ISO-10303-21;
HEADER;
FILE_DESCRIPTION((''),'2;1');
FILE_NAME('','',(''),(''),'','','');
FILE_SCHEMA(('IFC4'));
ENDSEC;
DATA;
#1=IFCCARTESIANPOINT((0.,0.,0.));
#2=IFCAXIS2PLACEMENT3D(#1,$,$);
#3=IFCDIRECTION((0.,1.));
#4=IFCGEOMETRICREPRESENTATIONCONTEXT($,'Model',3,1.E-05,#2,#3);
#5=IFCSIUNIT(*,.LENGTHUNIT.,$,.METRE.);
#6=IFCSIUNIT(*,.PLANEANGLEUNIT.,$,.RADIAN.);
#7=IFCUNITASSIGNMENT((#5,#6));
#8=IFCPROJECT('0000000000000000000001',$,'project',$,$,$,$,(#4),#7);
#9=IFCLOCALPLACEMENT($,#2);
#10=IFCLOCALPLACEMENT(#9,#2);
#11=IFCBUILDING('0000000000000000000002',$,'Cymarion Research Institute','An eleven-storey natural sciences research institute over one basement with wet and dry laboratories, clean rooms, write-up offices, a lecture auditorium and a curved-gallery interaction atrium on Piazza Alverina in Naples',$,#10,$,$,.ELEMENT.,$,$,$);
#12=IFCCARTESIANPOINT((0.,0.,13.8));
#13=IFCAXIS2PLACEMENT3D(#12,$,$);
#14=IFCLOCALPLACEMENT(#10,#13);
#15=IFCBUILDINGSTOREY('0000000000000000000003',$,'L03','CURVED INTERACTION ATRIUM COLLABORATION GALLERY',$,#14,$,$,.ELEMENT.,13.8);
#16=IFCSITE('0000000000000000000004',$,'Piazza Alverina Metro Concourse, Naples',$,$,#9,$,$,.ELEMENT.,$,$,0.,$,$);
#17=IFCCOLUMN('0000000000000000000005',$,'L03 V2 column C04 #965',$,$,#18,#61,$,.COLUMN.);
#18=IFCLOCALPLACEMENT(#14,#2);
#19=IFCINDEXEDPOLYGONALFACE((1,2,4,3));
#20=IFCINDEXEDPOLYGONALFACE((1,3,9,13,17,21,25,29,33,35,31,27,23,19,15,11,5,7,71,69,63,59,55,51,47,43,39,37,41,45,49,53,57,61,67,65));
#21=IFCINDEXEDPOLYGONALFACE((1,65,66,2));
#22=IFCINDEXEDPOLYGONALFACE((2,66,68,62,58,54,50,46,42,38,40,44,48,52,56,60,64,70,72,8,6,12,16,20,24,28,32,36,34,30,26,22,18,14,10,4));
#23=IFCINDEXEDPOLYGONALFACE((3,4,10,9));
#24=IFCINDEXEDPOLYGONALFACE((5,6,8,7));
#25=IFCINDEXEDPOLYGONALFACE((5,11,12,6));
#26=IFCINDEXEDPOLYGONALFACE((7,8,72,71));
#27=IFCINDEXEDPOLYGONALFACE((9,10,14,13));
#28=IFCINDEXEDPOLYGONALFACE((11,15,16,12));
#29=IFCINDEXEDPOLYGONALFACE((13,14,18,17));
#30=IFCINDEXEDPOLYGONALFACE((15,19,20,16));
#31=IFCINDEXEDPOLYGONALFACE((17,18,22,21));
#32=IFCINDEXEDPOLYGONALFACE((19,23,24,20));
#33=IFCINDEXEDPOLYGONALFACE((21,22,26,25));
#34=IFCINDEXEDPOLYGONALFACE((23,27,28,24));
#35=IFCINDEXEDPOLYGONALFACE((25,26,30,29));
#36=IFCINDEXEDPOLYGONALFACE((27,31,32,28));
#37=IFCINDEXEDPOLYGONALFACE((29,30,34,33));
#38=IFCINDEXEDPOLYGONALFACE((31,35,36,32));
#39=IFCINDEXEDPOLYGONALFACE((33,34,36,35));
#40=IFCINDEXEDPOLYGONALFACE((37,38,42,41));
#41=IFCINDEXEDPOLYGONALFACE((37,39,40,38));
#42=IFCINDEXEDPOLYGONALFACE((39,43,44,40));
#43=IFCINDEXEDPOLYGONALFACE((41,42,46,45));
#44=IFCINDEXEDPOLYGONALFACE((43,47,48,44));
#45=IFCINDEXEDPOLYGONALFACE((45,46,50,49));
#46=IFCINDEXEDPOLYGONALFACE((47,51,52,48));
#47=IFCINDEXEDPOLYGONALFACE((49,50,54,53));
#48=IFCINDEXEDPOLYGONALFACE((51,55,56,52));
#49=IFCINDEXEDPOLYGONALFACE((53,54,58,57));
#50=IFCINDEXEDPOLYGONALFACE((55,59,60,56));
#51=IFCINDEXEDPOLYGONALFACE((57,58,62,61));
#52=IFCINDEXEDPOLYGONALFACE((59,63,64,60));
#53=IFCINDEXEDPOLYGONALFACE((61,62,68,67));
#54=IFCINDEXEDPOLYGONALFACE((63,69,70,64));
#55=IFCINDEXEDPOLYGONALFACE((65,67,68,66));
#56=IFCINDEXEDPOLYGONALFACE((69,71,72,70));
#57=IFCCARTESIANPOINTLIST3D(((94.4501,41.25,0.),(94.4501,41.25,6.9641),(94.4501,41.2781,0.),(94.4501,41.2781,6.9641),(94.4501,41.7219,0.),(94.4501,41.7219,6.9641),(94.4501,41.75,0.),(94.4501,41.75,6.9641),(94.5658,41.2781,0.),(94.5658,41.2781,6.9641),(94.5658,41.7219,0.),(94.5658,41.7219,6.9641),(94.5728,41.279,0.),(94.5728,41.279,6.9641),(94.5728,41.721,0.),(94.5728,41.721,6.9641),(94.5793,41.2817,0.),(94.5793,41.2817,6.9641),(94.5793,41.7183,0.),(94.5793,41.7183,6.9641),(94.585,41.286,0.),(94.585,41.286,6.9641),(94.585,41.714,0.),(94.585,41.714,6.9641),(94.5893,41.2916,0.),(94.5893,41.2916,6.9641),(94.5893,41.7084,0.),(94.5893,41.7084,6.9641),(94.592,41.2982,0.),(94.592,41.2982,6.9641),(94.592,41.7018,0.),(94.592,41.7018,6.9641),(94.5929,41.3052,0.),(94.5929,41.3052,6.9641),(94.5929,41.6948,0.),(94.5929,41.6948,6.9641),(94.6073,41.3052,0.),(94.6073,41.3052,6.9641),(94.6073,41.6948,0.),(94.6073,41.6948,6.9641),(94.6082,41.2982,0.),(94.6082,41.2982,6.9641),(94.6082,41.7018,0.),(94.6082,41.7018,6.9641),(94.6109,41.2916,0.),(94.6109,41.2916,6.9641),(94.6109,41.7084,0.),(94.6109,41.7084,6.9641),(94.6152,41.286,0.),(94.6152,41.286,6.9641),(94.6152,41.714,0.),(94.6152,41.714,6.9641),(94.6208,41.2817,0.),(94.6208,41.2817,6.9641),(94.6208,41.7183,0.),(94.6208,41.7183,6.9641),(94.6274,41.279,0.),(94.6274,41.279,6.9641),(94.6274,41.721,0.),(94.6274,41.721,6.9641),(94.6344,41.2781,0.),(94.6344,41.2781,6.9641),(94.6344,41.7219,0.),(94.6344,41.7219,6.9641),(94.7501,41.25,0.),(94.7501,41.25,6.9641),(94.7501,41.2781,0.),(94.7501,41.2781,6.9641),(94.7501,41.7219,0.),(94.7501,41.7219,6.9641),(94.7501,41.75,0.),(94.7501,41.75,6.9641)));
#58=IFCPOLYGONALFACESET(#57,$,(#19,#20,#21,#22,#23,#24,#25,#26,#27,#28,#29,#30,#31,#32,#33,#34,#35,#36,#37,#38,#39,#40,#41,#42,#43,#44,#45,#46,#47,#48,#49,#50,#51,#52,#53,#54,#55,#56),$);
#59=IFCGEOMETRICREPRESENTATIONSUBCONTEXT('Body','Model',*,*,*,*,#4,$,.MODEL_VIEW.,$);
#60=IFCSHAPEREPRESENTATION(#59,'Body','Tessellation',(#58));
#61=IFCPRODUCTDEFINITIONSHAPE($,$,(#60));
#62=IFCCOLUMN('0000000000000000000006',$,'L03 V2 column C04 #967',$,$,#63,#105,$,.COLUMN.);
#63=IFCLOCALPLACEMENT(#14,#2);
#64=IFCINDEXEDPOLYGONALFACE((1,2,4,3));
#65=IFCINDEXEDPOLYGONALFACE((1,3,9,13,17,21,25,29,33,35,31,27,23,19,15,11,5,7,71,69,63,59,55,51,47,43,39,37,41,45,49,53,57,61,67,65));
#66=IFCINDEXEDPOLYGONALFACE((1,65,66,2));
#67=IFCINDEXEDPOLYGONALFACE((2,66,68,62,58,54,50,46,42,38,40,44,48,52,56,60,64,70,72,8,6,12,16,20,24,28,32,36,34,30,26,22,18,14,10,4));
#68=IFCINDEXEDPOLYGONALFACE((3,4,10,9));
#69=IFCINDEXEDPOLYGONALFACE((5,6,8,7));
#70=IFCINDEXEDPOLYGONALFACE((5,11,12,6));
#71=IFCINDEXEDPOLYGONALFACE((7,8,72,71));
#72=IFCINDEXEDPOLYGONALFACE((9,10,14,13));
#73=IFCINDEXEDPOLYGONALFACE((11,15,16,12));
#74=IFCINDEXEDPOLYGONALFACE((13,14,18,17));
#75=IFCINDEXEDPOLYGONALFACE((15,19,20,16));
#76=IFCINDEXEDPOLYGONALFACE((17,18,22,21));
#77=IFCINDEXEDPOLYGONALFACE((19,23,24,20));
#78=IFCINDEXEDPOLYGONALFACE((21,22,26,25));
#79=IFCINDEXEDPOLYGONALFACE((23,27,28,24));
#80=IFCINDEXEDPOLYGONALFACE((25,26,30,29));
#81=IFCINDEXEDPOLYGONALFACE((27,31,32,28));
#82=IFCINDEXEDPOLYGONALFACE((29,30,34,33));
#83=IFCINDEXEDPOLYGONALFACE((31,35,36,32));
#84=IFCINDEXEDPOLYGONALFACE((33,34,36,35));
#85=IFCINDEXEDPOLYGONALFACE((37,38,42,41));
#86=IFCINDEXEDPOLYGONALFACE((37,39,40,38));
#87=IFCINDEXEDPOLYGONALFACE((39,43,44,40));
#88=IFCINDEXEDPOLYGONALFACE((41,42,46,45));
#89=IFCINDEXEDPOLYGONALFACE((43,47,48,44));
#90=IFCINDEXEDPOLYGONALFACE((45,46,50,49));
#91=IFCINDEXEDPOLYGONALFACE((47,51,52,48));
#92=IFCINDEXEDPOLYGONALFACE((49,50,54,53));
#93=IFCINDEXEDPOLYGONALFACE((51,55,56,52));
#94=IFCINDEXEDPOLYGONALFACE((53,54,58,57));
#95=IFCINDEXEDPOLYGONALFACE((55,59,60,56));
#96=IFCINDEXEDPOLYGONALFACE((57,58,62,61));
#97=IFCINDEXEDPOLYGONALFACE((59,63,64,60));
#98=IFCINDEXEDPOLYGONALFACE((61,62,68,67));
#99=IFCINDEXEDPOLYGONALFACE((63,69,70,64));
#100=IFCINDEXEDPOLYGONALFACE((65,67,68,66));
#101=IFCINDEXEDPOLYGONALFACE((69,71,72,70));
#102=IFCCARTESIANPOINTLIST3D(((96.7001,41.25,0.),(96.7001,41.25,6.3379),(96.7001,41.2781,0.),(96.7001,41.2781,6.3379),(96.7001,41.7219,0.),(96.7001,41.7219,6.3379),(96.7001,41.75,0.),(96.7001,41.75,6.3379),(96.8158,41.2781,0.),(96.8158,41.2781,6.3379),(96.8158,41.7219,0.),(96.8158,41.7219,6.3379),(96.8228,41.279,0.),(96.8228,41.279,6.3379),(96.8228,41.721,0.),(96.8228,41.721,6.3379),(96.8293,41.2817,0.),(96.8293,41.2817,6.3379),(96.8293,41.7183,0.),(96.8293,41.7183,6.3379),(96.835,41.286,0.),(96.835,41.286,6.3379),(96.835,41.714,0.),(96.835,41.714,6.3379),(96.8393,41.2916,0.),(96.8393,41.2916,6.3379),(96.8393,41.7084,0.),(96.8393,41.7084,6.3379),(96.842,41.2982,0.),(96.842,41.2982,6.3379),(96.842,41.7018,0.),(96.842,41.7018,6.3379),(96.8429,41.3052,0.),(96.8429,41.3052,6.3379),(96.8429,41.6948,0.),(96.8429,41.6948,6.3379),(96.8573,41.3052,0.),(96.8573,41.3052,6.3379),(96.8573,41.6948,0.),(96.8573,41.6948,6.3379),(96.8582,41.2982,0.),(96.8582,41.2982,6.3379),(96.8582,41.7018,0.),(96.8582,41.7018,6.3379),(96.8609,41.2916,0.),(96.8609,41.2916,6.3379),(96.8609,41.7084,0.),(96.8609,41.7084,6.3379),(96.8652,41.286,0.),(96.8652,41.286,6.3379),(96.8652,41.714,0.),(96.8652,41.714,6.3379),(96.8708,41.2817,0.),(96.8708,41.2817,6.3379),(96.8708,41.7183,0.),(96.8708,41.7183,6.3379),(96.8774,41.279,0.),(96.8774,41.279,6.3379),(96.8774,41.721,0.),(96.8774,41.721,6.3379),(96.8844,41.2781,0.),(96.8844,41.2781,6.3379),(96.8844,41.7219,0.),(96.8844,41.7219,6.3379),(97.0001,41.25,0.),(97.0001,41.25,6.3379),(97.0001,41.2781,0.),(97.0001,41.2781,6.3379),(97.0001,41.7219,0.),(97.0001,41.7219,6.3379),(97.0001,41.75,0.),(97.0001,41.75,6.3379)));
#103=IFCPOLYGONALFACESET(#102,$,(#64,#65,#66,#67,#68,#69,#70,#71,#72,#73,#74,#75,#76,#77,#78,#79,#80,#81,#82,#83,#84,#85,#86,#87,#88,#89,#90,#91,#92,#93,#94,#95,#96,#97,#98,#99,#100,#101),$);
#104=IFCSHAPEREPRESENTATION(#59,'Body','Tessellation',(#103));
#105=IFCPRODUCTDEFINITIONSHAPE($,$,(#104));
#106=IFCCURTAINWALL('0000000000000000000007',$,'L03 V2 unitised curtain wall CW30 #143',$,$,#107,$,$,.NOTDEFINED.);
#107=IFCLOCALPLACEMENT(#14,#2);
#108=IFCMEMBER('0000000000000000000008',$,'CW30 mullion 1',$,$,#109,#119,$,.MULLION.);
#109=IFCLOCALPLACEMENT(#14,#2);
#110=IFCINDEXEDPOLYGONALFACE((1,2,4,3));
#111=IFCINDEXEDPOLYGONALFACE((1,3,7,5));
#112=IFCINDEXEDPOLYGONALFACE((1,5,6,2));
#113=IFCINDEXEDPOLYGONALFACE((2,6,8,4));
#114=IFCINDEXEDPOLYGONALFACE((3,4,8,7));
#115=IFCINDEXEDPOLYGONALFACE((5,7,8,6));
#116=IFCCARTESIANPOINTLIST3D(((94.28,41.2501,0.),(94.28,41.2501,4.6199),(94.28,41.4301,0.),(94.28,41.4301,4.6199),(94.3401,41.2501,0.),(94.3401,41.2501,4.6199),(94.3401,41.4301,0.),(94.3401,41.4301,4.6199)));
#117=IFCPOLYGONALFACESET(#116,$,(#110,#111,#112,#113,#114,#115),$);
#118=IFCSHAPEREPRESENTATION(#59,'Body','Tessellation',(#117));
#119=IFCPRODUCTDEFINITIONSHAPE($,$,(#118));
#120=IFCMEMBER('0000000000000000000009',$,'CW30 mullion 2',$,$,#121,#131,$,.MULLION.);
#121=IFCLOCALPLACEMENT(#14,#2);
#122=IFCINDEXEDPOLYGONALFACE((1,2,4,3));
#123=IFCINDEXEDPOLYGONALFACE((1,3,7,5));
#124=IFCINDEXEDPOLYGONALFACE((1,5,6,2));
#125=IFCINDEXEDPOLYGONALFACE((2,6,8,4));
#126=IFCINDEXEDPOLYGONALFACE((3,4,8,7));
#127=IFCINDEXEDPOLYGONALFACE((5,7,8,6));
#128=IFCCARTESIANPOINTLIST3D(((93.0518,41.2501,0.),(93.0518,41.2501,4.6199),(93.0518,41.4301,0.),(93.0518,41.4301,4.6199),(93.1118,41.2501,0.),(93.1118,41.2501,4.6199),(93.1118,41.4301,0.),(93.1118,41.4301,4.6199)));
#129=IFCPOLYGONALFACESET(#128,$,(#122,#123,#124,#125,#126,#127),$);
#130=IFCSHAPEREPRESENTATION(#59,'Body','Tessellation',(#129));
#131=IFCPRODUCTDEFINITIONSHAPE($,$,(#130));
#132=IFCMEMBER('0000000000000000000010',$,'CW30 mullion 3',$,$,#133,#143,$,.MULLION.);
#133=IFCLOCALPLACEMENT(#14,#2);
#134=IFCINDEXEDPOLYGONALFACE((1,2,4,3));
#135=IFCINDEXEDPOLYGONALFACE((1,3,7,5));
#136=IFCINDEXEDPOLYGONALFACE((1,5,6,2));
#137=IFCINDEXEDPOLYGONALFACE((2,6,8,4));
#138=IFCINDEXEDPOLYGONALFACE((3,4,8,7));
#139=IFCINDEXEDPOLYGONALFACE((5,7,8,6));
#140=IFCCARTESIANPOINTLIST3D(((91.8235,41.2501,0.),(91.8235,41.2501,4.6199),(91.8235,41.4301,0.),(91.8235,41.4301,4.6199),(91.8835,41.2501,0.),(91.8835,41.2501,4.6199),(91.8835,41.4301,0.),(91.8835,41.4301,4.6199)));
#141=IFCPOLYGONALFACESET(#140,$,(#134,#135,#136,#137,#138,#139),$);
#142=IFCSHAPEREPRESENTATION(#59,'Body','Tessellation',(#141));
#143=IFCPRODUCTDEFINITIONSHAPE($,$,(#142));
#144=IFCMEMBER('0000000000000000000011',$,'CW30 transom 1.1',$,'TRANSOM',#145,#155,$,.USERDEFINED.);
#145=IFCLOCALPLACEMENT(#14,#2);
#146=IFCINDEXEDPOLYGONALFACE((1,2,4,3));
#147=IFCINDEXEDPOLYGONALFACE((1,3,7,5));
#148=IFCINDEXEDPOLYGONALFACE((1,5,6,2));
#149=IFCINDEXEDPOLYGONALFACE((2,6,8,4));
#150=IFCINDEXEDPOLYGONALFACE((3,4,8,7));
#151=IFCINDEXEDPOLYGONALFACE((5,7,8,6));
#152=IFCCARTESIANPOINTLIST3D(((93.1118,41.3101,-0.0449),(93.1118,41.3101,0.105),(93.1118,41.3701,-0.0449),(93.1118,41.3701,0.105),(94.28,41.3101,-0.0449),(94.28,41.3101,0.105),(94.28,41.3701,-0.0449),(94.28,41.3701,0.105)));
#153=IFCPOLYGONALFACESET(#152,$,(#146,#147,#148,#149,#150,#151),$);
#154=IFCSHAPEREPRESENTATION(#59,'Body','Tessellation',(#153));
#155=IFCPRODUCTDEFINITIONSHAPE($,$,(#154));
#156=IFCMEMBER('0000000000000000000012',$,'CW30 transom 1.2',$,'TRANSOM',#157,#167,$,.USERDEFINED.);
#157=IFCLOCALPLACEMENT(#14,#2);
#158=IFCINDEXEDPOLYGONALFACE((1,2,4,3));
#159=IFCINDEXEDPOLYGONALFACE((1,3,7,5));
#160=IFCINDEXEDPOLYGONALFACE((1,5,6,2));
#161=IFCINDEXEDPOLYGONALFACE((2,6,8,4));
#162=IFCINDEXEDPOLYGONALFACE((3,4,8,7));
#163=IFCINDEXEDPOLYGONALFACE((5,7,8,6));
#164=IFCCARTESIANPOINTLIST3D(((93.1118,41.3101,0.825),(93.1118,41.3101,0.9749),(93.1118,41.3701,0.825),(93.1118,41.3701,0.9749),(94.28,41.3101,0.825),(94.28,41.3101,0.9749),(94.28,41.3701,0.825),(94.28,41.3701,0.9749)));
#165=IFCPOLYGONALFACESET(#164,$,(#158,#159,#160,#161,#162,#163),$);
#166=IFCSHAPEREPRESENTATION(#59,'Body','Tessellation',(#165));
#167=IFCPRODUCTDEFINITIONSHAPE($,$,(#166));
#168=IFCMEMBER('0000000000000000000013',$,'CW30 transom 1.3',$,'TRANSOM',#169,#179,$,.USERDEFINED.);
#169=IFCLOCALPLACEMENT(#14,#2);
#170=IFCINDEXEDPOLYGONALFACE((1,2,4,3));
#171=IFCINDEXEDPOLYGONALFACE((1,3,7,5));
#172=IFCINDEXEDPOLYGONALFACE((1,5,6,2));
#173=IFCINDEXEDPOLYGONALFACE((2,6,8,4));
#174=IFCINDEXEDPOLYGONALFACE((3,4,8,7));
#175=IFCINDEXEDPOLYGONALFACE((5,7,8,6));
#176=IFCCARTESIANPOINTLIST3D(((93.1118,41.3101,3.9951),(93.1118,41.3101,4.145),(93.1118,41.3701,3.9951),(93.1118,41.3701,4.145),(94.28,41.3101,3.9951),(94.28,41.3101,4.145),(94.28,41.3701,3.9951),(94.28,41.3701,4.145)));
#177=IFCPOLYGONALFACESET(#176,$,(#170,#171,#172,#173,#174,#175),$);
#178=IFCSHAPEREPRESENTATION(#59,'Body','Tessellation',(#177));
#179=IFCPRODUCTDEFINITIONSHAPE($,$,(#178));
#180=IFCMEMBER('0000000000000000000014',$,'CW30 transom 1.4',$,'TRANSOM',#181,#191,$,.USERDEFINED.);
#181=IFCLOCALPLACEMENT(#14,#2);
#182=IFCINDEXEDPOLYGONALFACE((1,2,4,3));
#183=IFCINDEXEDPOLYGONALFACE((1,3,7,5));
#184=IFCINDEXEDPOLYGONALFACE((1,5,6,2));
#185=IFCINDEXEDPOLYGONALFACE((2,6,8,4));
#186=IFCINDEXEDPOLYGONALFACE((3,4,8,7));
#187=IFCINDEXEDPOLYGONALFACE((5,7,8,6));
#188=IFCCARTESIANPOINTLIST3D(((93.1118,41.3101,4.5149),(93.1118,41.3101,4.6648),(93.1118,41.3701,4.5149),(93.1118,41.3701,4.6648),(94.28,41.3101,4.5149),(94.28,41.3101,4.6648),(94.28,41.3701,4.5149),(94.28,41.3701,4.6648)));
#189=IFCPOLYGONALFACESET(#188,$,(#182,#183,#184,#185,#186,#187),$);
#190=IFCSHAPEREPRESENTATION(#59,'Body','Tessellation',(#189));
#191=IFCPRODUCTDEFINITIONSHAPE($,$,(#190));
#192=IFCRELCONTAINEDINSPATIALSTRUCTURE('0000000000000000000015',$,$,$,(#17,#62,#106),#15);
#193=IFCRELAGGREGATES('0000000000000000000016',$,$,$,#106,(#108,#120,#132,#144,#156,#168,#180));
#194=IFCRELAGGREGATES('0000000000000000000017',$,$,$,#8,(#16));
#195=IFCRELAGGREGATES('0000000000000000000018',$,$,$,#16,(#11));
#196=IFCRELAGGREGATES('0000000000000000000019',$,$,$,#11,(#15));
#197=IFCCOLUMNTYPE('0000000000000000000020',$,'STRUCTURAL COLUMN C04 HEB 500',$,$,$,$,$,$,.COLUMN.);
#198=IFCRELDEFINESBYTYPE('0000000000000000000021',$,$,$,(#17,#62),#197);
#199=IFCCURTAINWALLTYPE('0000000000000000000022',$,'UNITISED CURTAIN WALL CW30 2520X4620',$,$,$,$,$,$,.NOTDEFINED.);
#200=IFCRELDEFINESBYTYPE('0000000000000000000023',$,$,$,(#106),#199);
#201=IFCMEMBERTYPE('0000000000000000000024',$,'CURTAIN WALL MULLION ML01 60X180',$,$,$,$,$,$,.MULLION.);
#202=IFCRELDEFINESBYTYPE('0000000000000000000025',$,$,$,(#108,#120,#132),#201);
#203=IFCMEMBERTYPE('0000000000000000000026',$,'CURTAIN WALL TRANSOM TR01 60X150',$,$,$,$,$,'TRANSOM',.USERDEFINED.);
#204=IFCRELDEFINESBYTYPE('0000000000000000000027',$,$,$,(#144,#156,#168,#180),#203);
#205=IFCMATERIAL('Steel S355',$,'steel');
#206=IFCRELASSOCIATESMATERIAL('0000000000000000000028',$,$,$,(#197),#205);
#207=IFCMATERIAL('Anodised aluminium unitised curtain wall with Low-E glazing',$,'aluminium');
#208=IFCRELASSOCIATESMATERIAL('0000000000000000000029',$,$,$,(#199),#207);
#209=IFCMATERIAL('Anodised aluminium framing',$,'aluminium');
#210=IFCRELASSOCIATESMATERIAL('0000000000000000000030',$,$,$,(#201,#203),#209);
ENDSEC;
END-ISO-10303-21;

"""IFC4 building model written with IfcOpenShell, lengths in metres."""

from ifc_helpers import new_model, si_unit, direction, frame, origin, origin_2d, place, context, subcontext, project, spatial, rectangle, i_section, extrude, material, material_profile, profile_set, type_object, element, aggregate, save


model = new_model("IFC4")

# Units and contexts
model_context = context("Model", 3, precision=1e-05, world=origin(), true_north=direction((0.0, 1.0)))
body_context = subcontext(model_context, "Body", "Model", "MODEL_VIEW")
ifc_project = project(units=[si_unit("LENGTHUNIT", "METRE"), si_unit("PLANEANGLEUNIT", "RADIAN")], contexts=[model_context])

# Site, building, storey
site_placement = place(None, origin())
site = spatial("IfcSite", under=ifc_project, at=site_placement, Name="Piazza Alverina Metro Concourse, Naples", CompositionType="ELEMENT", RefElevation=0.0)
building_placement = place(site_placement, origin())
building = spatial("IfcBuilding", under=site, at=building_placement, Name="Cymarion Research Institute", Description="An eleven-storey natural sciences research institute over one basement with wet and dry laboratories, clean rooms, write-up offices, a lecture auditorium and a curved-gallery interaction atrium on Piazza Alverina in Naples", CompositionType="ELEMENT")
storey_placement = place(building_placement, frame((0.0, 0.0, 13.8)))
storey = spatial("IfcBuildingStorey", under=building, at=storey_placement, Name="L03", Description="CURVED INTERACTION ATRIUM COLLABORATION GALLERY", CompositionType="ELEMENT", Elevation=13.8)

# Columns
ifc_material_1 = material(Name="Steel S355", Category="steel")
ifc_material_profile_1 = material_profile(ifc_material_1, i_section(OverallWidth=0.3, OverallDepth=0.5, WebThickness=0.0144, FlangeThickness=0.0281, FilletRadius=0.0271, at=origin_2d()), Name="HEB 500")
ifc_profile_set_1 = profile_set([ifc_material_profile_1], Name="Steel S355")
column_type = type_object("IfcColumnType", Name="STRUCTURAL COLUMN C04 HEB 500", PredefinedType="COLUMN", material=ifc_profile_set_1)
column_1_placement = place(storey_placement, frame((94.6001, 41.5, 0.0), z_axis=(0.0, 0.0, 1.0), x_axis=(1.0, 0.0, 0.0)))
element("IfcColumn", 1, at=column_1_placement, inside=storey, type_object=column_type, Name="L03 V2 column C04 #965", PredefinedType="COLUMN", context=body_context, shape_type="SweptSolid", body=[
    extrude(i_section(OverallWidth=0.3, OverallDepth=0.5, WebThickness=0.0144, FlangeThickness=0.0281, FilletRadius=0.0271, at=origin_2d()), origin(), (0.0, 0.0, 1.0), 6.9641),
])
column_2_placement = place(storey_placement, frame((96.8501, 41.5, 0.0), z_axis=(0.0, 0.0, 1.0), x_axis=(1.0, 0.0, 0.0)))
element("IfcColumn", 2, at=column_2_placement, inside=storey, type_object=column_type, Name="L03 V2 column C04 #967", PredefinedType="COLUMN", context=body_context, shape_type="SweptSolid", body=[
    extrude(i_section(OverallWidth=0.3, OverallDepth=0.5, WebThickness=0.0144, FlangeThickness=0.0281, FilletRadius=0.0271, at=origin_2d()), origin(), (0.0, 0.0, 1.0), 6.3379),
])

# Curtain wall, members
ifc_material_2 = material(Name="Anodised aluminium unitised curtain wall with Low-E glazing", Category="aluminium")
curtain_wall_type = type_object("IfcCurtainWallType", Name="UNITISED CURTAIN WALL CW30 2520X4620", PredefinedType="NOTDEFINED", material=ifc_material_2)
curtain_wall_placement = place(storey_placement, origin())
curtain_wall = element("IfcCurtainWall", 3, at=curtain_wall_placement, inside=storey, type_object=curtain_wall_type, Name="L03 V2 unitised curtain wall CW30 #143", PredefinedType="NOTDEFINED")
ifc_material_3 = material(Name="Anodised aluminium framing", Category="aluminium")
ifc_material_profile_2 = material_profile(ifc_material_3, rectangle(XDim=0.0601, YDim=0.1799, at=origin_2d()), Name="ALU MULLION 60x180")
ifc_profile_set_2 = profile_set([ifc_material_profile_2], Name="Anodised aluminium framing")
member_type_1 = type_object("IfcMemberType", Name="CURTAIN WALL MULLION ML01 60X180", PredefinedType="MULLION", material=ifc_profile_set_2)
member_1_placement = place(storey_placement, frame((94.3101, 41.3401, 0.0), z_axis=(0.0, 0.0, 1.0), x_axis=(-1.0, 0.0, 0.0)))
member_1 = element("IfcMember", 4, at=member_1_placement, type_object=member_type_1, Name="CW30 mullion 1", PredefinedType="MULLION", context=body_context, shape_type="SweptSolid", body=[
    extrude(rectangle(XDim=0.0601, YDim=0.1799, at=origin_2d()), origin(), (0.0, 0.0, 1.0), 4.6199),
])
member_2_placement = place(storey_placement, frame((93.0818, 41.3401, 0.0), z_axis=(0.0, 0.0, 1.0), x_axis=(-1.0, 0.0, 0.0)))
member_2 = element("IfcMember", 5, at=member_2_placement, type_object=member_type_1, Name="CW30 mullion 2", PredefinedType="MULLION", context=body_context, shape_type="SweptSolid", body=[
    extrude(rectangle(XDim=0.0601, YDim=0.1799, at=origin_2d()), origin(), (0.0, 0.0, 1.0), 4.6199),
])
member_3_placement = place(storey_placement, frame((91.8535, 41.3401, 0.0), z_axis=(0.0, 0.0, 1.0), x_axis=(-1.0, 0.0, 0.0)))
member_3 = element("IfcMember", 6, at=member_3_placement, type_object=member_type_1, Name="CW30 mullion 3", PredefinedType="MULLION", context=body_context, shape_type="SweptSolid", body=[
    extrude(rectangle(XDim=0.0601, YDim=0.1799, at=origin_2d()), origin(), (0.0, 0.0, 1.0), 4.6199),
])
ifc_material_profile_3 = material_profile(ifc_material_3, rectangle(XDim=0.0601, YDim=0.1499, at=origin_2d()), Name="ALU TRANSOM 60x150")
ifc_profile_set_3 = profile_set([ifc_material_profile_3], Name="Anodised aluminium framing")
member_type_2 = type_object("IfcMemberType", Name="CURTAIN WALL TRANSOM TR01 60X150", ElementType="TRANSOM", PredefinedType="USERDEFINED", material=ifc_profile_set_3)
member_4_placement = place(storey_placement, frame((94.28, 41.3401, 0.03), z_axis=(-1.0, 0.0, 0.0), x_axis=(0.0, -1.0, 0.0)))
member_4 = element("IfcMember", 7, at=member_4_placement, type_object=member_type_2, Name="CW30 transom 1.1", ObjectType="TRANSOM", PredefinedType="USERDEFINED", context=body_context, shape_type="SweptSolid", body=[
    extrude(rectangle(XDim=0.0601, YDim=0.1499, at=origin_2d()), origin(), (0.0, 0.0, 1.0), 1.1682),
])
member_5_placement = place(storey_placement, frame((94.28, 41.3401, 0.8999), z_axis=(-1.0, 0.0, 0.0), x_axis=(0.0, -1.0, 0.0)))
member_5 = element("IfcMember", 8, at=member_5_placement, type_object=member_type_2, Name="CW30 transom 1.2", ObjectType="TRANSOM", PredefinedType="USERDEFINED", context=body_context, shape_type="SweptSolid", body=[
    extrude(rectangle(XDim=0.0601, YDim=0.1499, at=origin_2d()), origin(), (0.0, 0.0, 1.0), 1.1682),
])
member_6_placement = place(storey_placement, frame((94.28, 41.3401, 4.0701), z_axis=(-1.0, 0.0, 0.0), x_axis=(0.0, -1.0, 0.0)))
member_6 = element("IfcMember", 9, at=member_6_placement, type_object=member_type_2, Name="CW30 transom 1.3", ObjectType="TRANSOM", PredefinedType="USERDEFINED", context=body_context, shape_type="SweptSolid", body=[
    extrude(rectangle(XDim=0.0601, YDim=0.1499, at=origin_2d()), origin(), (0.0, 0.0, 1.0), 1.1682),
])
member_7_placement = place(storey_placement, frame((94.28, 41.3401, 4.5898), z_axis=(-1.0, 0.0, 0.0), x_axis=(0.0, -1.0, 0.0)))
member_7 = element("IfcMember", 10, at=member_7_placement, type_object=member_type_2, Name="CW30 transom 1.4", ObjectType="TRANSOM", PredefinedType="USERDEFINED", context=body_context, shape_type="SweptSolid", body=[
    extrude(rectangle(XDim=0.0601, YDim=0.1499, at=origin_2d()), origin(), (0.0, 0.0, 1.0), 1.1682),
])

aggregate(curtain_wall, [member_1, member_2, member_3, member_4, member_5, member_6, member_7])

save(model, "model.ifc")
